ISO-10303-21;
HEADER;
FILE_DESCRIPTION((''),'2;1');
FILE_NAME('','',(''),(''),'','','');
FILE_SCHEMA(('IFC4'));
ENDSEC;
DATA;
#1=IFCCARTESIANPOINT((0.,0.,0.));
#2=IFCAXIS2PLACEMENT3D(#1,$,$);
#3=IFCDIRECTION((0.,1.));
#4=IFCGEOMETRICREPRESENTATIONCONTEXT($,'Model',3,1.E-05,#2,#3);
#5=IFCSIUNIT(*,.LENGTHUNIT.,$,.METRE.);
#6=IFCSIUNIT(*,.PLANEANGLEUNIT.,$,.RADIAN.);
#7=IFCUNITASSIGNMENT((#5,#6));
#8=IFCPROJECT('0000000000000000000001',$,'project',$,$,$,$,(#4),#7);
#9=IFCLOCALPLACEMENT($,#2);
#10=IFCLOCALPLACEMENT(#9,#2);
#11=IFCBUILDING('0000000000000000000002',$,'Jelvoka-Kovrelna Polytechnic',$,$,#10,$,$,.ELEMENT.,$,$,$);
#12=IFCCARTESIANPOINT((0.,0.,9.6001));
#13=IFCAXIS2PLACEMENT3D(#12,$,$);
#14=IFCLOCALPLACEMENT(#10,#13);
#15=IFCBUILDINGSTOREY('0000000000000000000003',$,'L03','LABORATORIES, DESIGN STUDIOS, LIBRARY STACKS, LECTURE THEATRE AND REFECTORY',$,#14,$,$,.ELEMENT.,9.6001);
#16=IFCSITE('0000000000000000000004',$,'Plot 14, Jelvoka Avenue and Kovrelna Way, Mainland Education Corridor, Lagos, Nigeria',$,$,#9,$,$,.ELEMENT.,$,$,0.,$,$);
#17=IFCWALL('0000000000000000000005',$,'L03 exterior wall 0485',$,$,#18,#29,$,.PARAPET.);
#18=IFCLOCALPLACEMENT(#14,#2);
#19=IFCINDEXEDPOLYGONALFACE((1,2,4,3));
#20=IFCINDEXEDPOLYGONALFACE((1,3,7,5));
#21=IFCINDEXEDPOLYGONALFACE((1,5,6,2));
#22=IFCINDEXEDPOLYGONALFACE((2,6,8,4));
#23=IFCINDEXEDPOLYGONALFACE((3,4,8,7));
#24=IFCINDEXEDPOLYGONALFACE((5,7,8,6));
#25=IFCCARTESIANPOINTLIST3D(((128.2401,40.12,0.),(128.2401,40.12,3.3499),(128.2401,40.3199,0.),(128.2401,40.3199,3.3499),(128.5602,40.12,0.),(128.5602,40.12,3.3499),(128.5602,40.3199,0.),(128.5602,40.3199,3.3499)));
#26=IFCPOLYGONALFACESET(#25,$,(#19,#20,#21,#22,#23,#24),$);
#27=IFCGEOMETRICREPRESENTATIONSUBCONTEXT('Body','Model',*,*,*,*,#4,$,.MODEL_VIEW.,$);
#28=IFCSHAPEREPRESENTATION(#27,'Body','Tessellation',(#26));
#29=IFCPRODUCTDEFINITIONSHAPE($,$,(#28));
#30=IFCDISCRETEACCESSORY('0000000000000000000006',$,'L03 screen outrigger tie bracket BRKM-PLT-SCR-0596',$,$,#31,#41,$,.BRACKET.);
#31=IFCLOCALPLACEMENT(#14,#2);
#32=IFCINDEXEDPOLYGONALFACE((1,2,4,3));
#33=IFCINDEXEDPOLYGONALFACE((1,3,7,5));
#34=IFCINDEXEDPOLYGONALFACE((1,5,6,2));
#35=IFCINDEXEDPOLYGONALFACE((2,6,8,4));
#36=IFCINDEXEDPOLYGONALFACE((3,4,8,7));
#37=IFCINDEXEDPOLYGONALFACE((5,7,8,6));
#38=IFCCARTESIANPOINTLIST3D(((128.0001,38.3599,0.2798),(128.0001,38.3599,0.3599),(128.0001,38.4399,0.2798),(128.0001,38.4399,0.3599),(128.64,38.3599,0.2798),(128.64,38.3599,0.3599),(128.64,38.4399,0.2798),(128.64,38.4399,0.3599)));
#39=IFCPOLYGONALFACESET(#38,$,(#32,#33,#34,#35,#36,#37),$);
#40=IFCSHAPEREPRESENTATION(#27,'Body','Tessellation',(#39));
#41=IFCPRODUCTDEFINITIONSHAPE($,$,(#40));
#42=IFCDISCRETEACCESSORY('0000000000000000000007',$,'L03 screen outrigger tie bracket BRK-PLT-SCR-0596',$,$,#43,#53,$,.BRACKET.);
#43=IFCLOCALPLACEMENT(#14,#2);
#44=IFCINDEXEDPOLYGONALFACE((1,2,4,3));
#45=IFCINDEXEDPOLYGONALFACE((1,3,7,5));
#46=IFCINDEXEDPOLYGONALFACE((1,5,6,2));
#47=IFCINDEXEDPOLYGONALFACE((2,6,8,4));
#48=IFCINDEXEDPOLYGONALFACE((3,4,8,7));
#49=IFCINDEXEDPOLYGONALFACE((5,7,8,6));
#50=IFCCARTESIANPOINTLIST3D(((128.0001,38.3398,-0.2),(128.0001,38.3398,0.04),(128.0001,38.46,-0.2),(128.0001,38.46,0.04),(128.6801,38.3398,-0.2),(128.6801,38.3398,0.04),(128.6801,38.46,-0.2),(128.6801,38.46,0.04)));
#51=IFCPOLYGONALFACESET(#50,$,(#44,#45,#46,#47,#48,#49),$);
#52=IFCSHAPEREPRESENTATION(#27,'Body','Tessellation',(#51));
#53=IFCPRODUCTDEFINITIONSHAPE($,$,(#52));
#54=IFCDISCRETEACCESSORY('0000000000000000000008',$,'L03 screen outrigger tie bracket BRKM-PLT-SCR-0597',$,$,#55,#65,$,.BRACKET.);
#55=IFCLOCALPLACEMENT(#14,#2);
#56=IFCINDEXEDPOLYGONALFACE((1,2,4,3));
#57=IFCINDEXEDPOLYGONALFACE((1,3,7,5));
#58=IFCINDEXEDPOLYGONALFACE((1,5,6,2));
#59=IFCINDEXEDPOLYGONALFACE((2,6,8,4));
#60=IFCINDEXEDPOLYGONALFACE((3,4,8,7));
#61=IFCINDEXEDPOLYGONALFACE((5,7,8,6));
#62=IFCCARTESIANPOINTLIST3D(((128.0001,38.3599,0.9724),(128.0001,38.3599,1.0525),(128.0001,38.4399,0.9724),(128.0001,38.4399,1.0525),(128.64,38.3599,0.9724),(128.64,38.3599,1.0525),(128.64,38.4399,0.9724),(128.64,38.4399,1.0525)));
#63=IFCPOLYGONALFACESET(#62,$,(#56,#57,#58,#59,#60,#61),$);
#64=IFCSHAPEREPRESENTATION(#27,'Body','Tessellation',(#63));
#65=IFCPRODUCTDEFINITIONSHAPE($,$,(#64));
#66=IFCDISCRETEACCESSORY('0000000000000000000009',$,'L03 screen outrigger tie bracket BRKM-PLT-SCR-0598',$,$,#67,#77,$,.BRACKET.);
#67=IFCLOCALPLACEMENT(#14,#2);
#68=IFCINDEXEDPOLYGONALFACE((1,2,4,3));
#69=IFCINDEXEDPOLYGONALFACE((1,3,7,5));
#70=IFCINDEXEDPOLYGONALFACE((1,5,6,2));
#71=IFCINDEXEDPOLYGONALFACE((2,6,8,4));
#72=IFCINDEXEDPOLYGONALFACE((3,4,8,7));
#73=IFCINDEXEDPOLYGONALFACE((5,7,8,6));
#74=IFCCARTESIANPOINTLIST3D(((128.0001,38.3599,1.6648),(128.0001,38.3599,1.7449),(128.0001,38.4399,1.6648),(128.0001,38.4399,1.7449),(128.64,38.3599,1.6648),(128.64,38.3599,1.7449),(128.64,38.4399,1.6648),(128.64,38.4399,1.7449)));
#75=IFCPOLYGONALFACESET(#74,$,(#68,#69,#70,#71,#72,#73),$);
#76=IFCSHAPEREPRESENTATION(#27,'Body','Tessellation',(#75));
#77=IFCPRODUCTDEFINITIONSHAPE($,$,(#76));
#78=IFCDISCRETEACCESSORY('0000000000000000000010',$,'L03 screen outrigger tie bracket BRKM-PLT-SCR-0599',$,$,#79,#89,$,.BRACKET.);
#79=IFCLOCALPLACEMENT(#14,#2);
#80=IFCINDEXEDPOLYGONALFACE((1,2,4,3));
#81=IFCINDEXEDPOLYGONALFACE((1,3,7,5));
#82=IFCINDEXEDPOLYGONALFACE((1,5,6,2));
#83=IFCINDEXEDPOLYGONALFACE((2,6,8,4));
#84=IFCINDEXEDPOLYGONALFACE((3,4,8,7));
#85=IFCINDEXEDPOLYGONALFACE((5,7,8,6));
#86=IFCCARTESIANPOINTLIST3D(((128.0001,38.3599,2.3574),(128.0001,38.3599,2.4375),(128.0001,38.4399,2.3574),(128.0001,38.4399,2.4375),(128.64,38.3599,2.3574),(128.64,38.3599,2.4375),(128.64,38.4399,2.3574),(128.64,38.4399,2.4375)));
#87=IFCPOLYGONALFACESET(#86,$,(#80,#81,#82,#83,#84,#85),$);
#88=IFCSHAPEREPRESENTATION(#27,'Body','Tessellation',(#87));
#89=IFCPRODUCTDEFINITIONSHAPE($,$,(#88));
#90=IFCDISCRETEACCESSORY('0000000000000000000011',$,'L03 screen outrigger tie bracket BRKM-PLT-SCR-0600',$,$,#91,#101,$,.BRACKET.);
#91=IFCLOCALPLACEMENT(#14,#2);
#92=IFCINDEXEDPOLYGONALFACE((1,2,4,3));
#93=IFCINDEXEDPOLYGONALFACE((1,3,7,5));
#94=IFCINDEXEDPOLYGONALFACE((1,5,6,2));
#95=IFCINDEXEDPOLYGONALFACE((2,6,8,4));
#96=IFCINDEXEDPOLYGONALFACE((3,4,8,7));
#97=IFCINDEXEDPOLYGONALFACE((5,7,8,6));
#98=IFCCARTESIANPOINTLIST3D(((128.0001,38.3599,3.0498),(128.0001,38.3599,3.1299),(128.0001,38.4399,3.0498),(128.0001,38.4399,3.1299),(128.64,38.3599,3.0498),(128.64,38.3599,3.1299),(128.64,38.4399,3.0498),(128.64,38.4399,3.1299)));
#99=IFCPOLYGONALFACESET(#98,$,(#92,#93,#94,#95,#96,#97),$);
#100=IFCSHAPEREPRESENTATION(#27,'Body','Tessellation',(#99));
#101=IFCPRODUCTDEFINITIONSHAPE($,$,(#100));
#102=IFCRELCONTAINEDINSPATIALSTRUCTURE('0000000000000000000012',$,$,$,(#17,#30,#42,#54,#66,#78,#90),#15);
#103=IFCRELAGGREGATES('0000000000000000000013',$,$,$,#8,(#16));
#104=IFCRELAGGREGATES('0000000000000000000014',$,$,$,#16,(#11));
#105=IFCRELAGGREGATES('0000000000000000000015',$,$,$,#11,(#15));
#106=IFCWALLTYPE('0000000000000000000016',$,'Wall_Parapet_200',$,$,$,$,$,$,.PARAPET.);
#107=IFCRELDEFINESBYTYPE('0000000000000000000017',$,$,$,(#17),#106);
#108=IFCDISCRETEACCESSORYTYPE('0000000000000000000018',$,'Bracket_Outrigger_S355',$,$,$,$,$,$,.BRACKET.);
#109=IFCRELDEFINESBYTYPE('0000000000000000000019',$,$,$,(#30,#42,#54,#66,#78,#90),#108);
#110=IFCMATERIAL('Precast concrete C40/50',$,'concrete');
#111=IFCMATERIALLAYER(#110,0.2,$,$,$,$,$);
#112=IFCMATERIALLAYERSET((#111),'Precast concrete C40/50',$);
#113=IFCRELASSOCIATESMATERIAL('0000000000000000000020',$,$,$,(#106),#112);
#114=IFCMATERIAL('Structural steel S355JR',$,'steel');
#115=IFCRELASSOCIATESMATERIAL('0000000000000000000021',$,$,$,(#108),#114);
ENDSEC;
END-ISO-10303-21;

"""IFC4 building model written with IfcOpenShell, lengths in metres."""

from ifc_helpers import new_model, si_unit, direction, frame, frame_2d, origin, origin_2d, place, context, subcontext, project, spatial, rectangle, extrude, material, layer, layer_set, type_object, element, save


model = new_model("IFC4")

# Units and contexts
model_context = context("Model", 3, precision=1e-05, world=origin(), true_north=direction((0.0, 1.0)))
body_context = subcontext(model_context, "Body", "Model", "MODEL_VIEW")
ifc_project = project(units=[si_unit("LENGTHUNIT", "METRE"), si_unit("PLANEANGLEUNIT", "RADIAN")], contexts=[model_context])

# Site, building, storey
site_placement = place(None, origin())
site = spatial("IfcSite", under=ifc_project, at=site_placement, Name="Plot 14, Jelvoka Avenue and Kovrelna Way, Mainland Education Corridor, Lagos, Nigeria", CompositionType="ELEMENT", RefElevation=0.0)
building_placement = place(site_placement, origin())
building = spatial("IfcBuilding", under=site, at=building_placement, Name="Jelvoka-Kovrelna Polytechnic", CompositionType="ELEMENT")
storey_placement = place(building_placement, frame((0.0, 0.0, 9.6001)))
storey = spatial("IfcBuildingStorey", under=building, at=storey_placement, Name="L03", Description="LABORATORIES, DESIGN STUDIOS, LIBRARY STACKS, LECTURE THEATRE AND REFECTORY", CompositionType="ELEMENT", Elevation=9.6001)

# Wall
ifc_material_1 = material(Name="Precast concrete C40/50", Category="concrete")
ifc_layer_1 = layer(ifc_material_1, 0.2)
ifc_layer_set_1 = layer_set([ifc_layer_1], Name="Precast concrete C40/50")
wall_type_1 = type_object("IfcWallType", Name="Wall_Parapet_200", PredefinedType="PARAPET", material=ifc_layer_set_1)
for number, where, z_axis, x_axis, name in (
    (1, (128.24, 40.22, 0.0), (0.0, 0.0, 1.0), (1.0, 0.0, 0.0), "L03 exterior wall 0485"),
):
    element("IfcWall", number, at=place(storey_placement, frame(where, z_axis=z_axis, x_axis=x_axis)), inside=storey, type_object=wall_type_1, Name=name, PredefinedType="PARAPET", context=body_context, shape_type="SweptSolid", body=[
        extrude(rectangle(XDim=0.3201, YDim=0.2, at=frame_2d((0.1602, 0.0))), origin(), (0.0, 0.0, 1.0), 3.3499),
    ])

# Discrete accessories
ifc_material_2 = material(Name="Structural steel S355JR", Category="steel")
discrete_accessory_type = type_object("IfcDiscreteAccessoryType", Name="Bracket_Outrigger_S355", PredefinedType="BRACKET", material=ifc_material_2)
discrete_accessory_1_placement = place(storey_placement, frame((128.3201, 38.3999, 0.2798), z_axis=(0.0, 0.0, 1.0), x_axis=(1.0, 0.0, 0.0)))
element("IfcDiscreteAccessory", 2, at=discrete_accessory_1_placement, inside=storey, type_object=discrete_accessory_type, Name="L03 screen outrigger tie bracket BRKM-PLT-SCR-0596", PredefinedType="BRACKET", context=body_context, shape_type="SweptSolid", body=[
    extrude(rectangle(XDim=0.6399, YDim=0.0801, at=origin_2d()), origin(), (0.0, 0.0, 1.0), 0.0801),
])
discrete_accessory_2_placement = place(storey_placement, frame((128.3401, 38.3999, -0.2), z_axis=(0.0, 0.0, 1.0), x_axis=(1.0, 0.0, 0.0)))
element("IfcDiscreteAccessory", 3, at=discrete_accessory_2_placement, inside=storey, type_object=discrete_accessory_type, Name="L03 screen outrigger tie bracket BRK-PLT-SCR-0596", PredefinedType="BRACKET", context=body_context, shape_type="SweptSolid", body=[
    extrude(rectangle(XDim=0.6799, YDim=0.1201, at=origin_2d()), origin(), (0.0, 0.0, 1.0), 0.24),
])
for number, where, z_axis, x_axis, name in (
    (4, (128.3201, 38.3999, 0.9724), (0.0, 0.0, 1.0), (1.0, 0.0, 0.0), "L03 screen outrigger tie bracket BRKM-PLT-SCR-0597"),
    (5, (128.3201, 38.3999, 1.6648), (0.0, 0.0, 1.0), (1.0, 0.0, 0.0), "L03 screen outrigger tie bracket BRKM-PLT-SCR-0598"),
    (6, (128.3201, 38.3999, 2.3574), (0.0, 0.0, 1.0), (1.0, 0.0, 0.0), "L03 screen outrigger tie bracket BRKM-PLT-SCR-0599"),
    (7, (128.3201, 38.3999, 3.0498), (0.0, 0.0, 1.0), (1.0, 0.0, 0.0), "L03 screen outrigger tie bracket BRKM-PLT-SCR-0600"),
):
    element("IfcDiscreteAccessory", number, at=place(storey_placement, frame(where, z_axis=z_axis, x_axis=x_axis)), inside=storey, type_object=discrete_accessory_type, Name=name, PredefinedType="BRACKET", context=body_context, shape_type="SweptSolid", body=[
        extrude(rectangle(XDim=0.6399, YDim=0.0801, at=origin_2d()), origin(), (0.0, 0.0, 1.0), 0.0801),
    ])

save(model, "model.ifc")
